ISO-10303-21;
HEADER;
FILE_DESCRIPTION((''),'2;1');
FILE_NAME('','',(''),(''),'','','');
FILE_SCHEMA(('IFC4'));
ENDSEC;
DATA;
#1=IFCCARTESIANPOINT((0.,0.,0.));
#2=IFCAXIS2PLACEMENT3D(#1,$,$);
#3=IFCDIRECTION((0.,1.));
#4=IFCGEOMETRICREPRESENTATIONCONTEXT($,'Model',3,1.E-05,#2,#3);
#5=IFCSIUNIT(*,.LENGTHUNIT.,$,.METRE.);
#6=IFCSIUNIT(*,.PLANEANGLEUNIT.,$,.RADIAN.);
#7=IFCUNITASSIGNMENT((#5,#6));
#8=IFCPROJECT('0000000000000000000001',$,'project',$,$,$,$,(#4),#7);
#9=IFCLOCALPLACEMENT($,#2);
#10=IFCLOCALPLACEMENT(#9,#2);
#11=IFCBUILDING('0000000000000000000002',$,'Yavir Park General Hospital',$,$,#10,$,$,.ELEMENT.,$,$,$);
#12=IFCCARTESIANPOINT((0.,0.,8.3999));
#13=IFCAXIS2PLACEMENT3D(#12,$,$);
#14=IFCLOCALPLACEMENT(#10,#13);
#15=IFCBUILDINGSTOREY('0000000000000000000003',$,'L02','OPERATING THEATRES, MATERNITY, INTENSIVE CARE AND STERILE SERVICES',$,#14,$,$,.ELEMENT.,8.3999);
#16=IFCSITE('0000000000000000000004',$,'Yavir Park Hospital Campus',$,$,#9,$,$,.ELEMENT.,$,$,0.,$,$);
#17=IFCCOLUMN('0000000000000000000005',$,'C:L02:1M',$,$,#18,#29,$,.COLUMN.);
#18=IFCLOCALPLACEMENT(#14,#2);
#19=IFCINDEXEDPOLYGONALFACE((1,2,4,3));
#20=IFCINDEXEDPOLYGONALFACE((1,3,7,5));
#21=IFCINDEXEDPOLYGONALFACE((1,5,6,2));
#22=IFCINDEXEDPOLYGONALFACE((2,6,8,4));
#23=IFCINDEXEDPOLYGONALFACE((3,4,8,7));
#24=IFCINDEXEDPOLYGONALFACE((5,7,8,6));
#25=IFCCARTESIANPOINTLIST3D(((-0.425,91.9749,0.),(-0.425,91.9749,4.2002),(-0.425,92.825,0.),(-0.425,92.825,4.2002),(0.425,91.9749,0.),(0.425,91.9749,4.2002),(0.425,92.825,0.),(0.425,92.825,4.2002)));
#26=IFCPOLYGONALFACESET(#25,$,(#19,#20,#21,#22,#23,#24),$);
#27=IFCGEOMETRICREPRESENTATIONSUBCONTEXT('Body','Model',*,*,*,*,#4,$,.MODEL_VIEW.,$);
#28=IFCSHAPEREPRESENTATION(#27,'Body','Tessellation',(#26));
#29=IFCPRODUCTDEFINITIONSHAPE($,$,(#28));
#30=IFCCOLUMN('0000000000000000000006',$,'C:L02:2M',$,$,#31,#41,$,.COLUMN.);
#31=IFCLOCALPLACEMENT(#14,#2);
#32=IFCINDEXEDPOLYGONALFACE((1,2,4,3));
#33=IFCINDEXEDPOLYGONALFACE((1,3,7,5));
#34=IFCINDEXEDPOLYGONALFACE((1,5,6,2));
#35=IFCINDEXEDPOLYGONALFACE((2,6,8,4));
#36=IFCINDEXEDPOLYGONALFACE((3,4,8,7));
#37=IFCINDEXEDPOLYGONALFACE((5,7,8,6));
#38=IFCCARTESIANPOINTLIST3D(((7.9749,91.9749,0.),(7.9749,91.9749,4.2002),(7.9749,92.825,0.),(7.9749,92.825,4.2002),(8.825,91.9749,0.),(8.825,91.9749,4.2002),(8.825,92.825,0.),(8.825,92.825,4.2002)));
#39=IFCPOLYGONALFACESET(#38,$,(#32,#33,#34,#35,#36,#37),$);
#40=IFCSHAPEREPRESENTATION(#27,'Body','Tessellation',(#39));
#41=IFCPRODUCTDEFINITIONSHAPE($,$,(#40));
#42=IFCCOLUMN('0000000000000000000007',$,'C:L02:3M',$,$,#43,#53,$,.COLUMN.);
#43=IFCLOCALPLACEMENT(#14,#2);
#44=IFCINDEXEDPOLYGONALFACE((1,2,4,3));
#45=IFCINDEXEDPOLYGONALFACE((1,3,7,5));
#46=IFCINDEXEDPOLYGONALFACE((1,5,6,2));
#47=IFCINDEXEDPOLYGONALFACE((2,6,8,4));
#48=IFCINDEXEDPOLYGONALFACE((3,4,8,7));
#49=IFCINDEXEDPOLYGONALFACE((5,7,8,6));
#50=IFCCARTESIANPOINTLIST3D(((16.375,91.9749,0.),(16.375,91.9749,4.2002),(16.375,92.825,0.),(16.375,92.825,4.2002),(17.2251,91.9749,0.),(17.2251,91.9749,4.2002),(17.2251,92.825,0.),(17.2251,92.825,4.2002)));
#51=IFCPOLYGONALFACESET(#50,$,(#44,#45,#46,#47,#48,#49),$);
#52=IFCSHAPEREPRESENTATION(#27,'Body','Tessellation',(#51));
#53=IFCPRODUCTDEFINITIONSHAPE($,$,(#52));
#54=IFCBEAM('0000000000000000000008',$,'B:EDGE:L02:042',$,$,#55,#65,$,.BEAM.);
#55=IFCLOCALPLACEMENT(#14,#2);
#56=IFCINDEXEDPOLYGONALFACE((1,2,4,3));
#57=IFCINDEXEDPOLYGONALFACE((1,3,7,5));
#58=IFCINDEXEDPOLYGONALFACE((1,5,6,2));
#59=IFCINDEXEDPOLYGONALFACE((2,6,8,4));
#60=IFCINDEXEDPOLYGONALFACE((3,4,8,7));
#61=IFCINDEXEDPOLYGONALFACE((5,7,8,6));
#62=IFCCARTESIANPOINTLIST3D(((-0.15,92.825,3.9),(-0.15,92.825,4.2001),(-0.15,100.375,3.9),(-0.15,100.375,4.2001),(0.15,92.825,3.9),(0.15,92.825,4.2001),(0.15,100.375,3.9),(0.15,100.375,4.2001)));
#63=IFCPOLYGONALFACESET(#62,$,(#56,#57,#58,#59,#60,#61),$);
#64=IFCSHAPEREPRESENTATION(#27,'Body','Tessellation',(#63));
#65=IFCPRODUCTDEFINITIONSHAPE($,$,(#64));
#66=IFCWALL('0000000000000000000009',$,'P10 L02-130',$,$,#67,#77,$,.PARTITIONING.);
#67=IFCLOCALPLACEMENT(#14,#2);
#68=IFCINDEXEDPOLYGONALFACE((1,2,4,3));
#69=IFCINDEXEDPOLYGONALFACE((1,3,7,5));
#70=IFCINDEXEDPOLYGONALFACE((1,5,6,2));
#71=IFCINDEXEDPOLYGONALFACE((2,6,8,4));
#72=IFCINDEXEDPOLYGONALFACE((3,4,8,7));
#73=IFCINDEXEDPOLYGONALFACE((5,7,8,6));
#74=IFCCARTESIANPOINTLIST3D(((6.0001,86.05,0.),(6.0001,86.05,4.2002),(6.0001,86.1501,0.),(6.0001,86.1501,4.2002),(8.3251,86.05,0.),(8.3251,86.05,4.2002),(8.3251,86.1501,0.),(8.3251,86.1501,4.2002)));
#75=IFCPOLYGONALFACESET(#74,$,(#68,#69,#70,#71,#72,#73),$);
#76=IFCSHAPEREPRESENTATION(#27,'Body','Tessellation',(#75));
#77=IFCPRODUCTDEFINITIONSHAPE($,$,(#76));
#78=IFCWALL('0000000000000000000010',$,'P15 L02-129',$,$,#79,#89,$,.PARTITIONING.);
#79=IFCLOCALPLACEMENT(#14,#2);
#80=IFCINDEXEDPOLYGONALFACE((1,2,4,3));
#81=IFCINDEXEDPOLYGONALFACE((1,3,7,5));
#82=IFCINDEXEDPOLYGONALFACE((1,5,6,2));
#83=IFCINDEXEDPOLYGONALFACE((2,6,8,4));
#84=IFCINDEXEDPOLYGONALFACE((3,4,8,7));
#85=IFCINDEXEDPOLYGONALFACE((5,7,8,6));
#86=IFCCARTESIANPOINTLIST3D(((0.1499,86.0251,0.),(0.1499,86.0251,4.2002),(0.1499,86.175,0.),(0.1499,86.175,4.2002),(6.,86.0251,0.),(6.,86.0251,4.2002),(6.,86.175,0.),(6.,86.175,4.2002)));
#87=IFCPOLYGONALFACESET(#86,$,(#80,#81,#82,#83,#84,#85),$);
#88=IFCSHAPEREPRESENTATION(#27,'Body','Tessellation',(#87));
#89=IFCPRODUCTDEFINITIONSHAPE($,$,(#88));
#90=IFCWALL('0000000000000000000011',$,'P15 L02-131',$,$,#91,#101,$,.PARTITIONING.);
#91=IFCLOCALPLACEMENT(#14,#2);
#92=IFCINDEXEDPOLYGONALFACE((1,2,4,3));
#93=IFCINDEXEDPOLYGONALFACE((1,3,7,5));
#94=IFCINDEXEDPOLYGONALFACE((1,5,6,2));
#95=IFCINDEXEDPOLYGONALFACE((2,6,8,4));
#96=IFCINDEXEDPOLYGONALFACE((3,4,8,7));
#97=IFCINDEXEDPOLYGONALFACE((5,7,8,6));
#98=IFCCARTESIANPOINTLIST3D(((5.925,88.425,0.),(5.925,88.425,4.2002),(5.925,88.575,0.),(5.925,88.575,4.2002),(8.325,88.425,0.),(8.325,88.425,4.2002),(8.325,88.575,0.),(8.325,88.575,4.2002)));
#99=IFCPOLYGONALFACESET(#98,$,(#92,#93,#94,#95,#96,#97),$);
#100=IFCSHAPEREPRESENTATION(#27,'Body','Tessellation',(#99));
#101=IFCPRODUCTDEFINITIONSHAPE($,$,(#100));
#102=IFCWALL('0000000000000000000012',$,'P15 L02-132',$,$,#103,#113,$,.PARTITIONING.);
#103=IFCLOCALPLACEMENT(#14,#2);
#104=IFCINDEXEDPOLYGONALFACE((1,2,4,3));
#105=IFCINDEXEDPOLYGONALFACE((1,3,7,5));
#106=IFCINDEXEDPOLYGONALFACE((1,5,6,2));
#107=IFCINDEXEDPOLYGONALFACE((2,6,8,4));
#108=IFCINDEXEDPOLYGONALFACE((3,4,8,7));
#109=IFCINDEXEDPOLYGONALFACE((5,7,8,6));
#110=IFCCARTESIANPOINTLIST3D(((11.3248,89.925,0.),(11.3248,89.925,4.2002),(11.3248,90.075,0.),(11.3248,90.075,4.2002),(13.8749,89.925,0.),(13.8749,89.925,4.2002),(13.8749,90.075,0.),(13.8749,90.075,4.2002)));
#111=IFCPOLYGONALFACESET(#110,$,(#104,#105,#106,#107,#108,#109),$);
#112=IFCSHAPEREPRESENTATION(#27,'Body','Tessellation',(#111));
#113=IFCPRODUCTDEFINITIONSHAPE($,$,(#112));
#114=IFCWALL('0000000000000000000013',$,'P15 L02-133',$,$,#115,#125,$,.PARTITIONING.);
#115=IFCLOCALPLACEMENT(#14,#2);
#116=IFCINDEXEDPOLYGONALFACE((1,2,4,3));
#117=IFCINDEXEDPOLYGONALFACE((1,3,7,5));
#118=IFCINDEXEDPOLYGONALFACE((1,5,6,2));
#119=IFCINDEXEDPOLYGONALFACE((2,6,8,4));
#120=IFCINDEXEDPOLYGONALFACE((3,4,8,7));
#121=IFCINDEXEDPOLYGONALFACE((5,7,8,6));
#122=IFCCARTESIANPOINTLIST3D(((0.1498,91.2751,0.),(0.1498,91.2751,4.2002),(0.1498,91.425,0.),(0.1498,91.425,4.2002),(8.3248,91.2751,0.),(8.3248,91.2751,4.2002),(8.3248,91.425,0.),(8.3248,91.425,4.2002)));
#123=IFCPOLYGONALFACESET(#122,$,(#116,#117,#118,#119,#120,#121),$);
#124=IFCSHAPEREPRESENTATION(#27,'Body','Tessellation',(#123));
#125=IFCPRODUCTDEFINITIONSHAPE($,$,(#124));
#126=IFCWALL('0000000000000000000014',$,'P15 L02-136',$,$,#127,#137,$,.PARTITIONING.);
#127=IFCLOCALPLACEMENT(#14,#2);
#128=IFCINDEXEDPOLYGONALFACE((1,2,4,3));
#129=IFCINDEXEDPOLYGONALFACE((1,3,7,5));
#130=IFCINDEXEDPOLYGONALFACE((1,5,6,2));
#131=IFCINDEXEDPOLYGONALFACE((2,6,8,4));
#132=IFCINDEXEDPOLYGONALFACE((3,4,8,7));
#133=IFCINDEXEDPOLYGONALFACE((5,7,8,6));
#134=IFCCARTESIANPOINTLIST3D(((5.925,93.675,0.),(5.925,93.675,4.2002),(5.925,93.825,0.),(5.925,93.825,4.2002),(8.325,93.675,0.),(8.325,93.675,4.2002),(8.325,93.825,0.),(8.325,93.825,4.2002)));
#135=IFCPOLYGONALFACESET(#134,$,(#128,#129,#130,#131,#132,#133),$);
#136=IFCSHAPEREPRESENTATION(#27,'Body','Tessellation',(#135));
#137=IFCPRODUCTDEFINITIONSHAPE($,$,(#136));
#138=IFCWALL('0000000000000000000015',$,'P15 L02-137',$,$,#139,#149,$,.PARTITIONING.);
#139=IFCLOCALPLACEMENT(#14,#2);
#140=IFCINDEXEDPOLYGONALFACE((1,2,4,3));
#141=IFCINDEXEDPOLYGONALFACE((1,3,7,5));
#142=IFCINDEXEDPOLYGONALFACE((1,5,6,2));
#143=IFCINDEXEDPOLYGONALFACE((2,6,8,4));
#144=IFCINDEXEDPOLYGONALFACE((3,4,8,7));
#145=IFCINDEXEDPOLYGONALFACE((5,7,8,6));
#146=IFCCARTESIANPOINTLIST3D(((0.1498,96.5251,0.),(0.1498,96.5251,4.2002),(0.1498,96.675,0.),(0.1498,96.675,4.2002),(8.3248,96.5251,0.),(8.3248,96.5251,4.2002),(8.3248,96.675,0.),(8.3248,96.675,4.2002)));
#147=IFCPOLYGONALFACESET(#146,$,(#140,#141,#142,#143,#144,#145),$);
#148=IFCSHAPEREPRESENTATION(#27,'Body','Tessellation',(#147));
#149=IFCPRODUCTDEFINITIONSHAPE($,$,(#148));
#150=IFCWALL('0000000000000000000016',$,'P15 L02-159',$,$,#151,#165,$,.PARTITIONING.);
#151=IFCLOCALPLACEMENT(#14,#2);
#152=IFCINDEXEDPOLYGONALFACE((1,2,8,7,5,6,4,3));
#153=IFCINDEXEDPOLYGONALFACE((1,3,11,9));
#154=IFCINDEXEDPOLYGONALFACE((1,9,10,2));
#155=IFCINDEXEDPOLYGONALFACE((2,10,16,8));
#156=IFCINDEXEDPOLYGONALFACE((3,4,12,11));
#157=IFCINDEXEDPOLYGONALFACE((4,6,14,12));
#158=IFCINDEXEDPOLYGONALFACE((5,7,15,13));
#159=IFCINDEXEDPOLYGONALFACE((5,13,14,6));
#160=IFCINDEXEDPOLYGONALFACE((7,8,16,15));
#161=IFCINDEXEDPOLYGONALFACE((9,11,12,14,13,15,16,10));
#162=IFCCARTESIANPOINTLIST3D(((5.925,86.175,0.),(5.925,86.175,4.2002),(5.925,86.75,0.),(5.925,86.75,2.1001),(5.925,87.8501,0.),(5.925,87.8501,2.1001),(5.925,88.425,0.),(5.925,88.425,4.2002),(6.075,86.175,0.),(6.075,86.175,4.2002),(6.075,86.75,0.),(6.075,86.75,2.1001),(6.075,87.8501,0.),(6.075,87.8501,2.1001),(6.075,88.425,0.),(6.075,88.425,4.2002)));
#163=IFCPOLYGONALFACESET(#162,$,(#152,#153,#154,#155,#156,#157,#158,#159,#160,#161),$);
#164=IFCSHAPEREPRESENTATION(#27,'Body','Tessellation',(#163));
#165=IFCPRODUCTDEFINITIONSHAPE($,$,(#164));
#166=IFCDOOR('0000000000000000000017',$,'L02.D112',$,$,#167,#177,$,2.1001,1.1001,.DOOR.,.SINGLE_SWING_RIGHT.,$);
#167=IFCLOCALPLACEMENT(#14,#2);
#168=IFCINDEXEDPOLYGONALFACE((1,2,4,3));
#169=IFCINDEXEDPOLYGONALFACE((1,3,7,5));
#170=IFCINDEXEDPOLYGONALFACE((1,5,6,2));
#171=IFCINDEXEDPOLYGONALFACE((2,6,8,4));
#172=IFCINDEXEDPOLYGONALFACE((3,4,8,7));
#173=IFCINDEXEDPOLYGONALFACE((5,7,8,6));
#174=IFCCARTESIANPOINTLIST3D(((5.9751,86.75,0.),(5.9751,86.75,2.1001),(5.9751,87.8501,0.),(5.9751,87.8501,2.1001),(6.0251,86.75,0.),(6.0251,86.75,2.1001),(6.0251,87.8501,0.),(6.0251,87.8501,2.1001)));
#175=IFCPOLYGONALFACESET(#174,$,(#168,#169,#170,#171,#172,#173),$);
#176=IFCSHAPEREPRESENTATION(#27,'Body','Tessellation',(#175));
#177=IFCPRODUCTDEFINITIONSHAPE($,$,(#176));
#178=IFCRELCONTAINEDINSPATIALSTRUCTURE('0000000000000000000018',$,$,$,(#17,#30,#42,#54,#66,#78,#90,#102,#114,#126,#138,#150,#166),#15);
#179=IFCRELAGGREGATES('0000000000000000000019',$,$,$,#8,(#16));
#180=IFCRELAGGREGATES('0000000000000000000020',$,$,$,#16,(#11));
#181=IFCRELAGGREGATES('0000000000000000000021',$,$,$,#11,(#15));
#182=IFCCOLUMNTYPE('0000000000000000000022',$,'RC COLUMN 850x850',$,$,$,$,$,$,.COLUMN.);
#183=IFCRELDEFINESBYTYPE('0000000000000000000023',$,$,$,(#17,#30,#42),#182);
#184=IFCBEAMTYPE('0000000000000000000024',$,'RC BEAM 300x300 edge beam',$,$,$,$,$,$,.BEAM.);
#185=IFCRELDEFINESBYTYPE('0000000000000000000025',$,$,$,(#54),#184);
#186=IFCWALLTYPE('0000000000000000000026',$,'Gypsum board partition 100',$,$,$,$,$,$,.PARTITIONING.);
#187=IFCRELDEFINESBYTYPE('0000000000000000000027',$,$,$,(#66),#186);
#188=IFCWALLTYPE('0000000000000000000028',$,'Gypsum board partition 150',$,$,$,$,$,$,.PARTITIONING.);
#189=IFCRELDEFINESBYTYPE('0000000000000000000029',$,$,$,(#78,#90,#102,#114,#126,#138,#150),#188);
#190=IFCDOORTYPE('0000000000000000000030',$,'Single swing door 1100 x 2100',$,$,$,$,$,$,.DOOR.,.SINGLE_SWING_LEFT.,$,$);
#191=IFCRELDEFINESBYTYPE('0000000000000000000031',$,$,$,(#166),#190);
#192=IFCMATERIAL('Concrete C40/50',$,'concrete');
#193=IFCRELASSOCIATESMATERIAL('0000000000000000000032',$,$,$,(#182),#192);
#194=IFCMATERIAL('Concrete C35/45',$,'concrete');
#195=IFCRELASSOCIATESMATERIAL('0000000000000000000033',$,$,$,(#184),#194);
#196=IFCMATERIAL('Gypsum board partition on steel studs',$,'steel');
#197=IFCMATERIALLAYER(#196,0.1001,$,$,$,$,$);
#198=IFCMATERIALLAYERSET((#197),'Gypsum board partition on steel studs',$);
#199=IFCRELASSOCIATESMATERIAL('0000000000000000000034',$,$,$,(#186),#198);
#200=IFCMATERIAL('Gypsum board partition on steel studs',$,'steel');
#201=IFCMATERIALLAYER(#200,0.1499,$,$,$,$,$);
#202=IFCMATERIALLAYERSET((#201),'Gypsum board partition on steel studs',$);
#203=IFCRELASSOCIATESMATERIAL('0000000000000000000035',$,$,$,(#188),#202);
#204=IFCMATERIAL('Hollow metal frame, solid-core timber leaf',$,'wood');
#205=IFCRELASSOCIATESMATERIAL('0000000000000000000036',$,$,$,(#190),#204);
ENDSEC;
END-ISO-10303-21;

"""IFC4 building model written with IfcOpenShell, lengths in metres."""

from ifc_helpers import new_model, si_unit, direction, frame, frame_2d, origin, origin_2d, place, context, subcontext, project, spatial, rectangle, extrude, material, layer, layer_set, material_profile, profile_set, type_object, element, fill, save


model = new_model("IFC4")

# Units and contexts
model_context = context("Model", 3, precision=1e-05, world=origin(), true_north=direction((0.0, 1.0)))
body_context = subcontext(model_context, "Body", "Model", "MODEL_VIEW")
ifc_project = project(units=[si_unit("LENGTHUNIT", "METRE"), si_unit("PLANEANGLEUNIT", "RADIAN")], contexts=[model_context])

# Site, building, storey
site_placement = place(None, origin())
site = spatial("IfcSite", under=ifc_project, at=site_placement, Name="Yavir Park Hospital Campus", CompositionType="ELEMENT", RefElevation=0.0)
building_placement = place(site_placement, origin())
building = spatial("IfcBuilding", under=site, at=building_placement, Name="Yavir Park General Hospital", CompositionType="ELEMENT")
storey_placement = place(building_placement, frame((0.0, 0.0, 8.3999)))
storey = spatial("IfcBuildingStorey", under=building, at=storey_placement, Name="L02", Description="OPERATING THEATRES, MATERNITY, INTENSIVE CARE AND STERILE SERVICES", CompositionType="ELEMENT", Elevation=8.3999)

# Columns
ifc_material_1 = material(Name="Concrete C40/50", Category="concrete")
ifc_material_profile_1 = material_profile(ifc_material_1, rectangle(XDim=0.8501, YDim=0.8501, at=origin_2d()), Name="RC850x850")
ifc_profile_set_1 = profile_set([ifc_material_profile_1], Name="Concrete C40/50")
column_type = type_object("IfcColumnType", Name="RC COLUMN 850x850", PredefinedType="COLUMN", material=ifc_profile_set_1)
for number, where, z_axis, x_axis, name in (
    (1, (0.0, 92.3999, 0.0), (0.0, 0.0, 1.0), (1.0, 0.0, 0.0), "C:L02:1M"),
    (2, (8.3999, 92.3999, 0.0), (0.0, 0.0, 1.0), (1.0, 0.0, 0.0), "C:L02:2M"),
    (3, (16.8, 92.3999, 0.0), (0.0, 0.0, 1.0), (1.0, 0.0, 0.0), "C:L02:3M"),
):
    element("IfcColumn", number, at=place(storey_placement, frame(where, z_axis=z_axis, x_axis=x_axis)), inside=storey, type_object=column_type, Name=name, PredefinedType="COLUMN", context=body_context, shape_type="SweptSolid", body=[
        extrude(rectangle(XDim=0.8501, YDim=0.8501, at=origin_2d()), origin(), (0.0, 0.0, 1.0), 4.2002),
    ])

# Beam
ifc_material_2 = material(Name="Concrete C35/45", Category="concrete")
ifc_material_profile_2 = material_profile(ifc_material_2, rectangle(XDim=0.3, YDim=0.3, at=origin_2d()), Name="RC300x300")
ifc_profile_set_2 = profile_set([ifc_material_profile_2], Name="Concrete C35/45")
beam_type = type_object("IfcBeamType", Name="RC BEAM 300x300 edge beam", PredefinedType="BEAM", material=ifc_profile_set_2)
beam_placement = place(storey_placement, frame((0.0, 92.825, 4.05), z_axis=(0.0, 1.0, 0.0), x_axis=(-1.0, 0.0, 0.0)))
element("IfcBeam", 4, at=beam_placement, inside=storey, type_object=beam_type, Name="B:EDGE:L02:042", PredefinedType="BEAM", context=body_context, shape_type="SweptSolid", body=[
    extrude(rectangle(XDim=0.3, YDim=0.3, at=origin_2d()), origin(), (0.0, 0.0, 1.0), 7.55),
])

# Walls
ifc_material_3 = material(Name="Gypsum board partition on steel studs", Category="steel")
ifc_layer_1 = layer(ifc_material_3, 0.1001)
ifc_layer_set_1 = layer_set([ifc_layer_1], Name="Gypsum board partition on steel studs")
wall_type_1 = type_object("IfcWallType", Name="Gypsum board partition 100", PredefinedType="PARTITIONING", material=ifc_layer_set_1)
wall_1_placement = place(storey_placement, frame((6.0, 86.1001, 0.0), z_axis=(0.0, 0.0, 1.0), x_axis=(1.0, 0.0, 0.0)))
element("IfcWall", 5, at=wall_1_placement, inside=storey, type_object=wall_type_1, Name="P10 L02-130", PredefinedType="PARTITIONING", context=body_context, shape_type="SweptSolid", body=[
    extrude(rectangle(XDim=2.325, YDim=0.1001, at=frame_2d((1.1626, 0.0))), origin(), (0.0, 0.0, 1.0), 4.2002),
])
ifc_material_4 = material(Name="Gypsum board partition on steel studs", Category="steel")
ifc_layer_2 = layer(ifc_material_4, 0.1499)
ifc_layer_set_2 = layer_set([ifc_layer_2], Name="Gypsum board partition on steel studs")
wall_type_2 = type_object("IfcWallType", Name="Gypsum board partition 150", PredefinedType="PARTITIONING", material=ifc_layer_set_2)
wall_2_placement = place(storey_placement, frame((0.1499, 86.1001, 0.0), z_axis=(0.0, 0.0, 1.0), x_axis=(1.0, 0.0, 0.0)))
element("IfcWall", 6, at=wall_2_placement, inside=storey, type_object=wall_type_2, Name="P15 L02-129", PredefinedType="PARTITIONING", context=body_context, shape_type="SweptSolid", body=[
    extrude(rectangle(XDim=5.8501, YDim=0.1499, at=frame_2d((2.925, 0.0))), origin(), (0.0, 0.0, 1.0), 4.2002),
])
wall_3_placement = place(storey_placement, frame((5.925, 88.5, 0.0), z_axis=(0.0, 0.0, 1.0), x_axis=(1.0, 0.0, 0.0)))
element("IfcWall", 7, at=wall_3_placement, inside=storey, type_object=wall_type_2, Name="P15 L02-131", PredefinedType="PARTITIONING", context=body_context, shape_type="SweptSolid", body=[
    extrude(rectangle(XDim=2.3999, YDim=0.1499, at=frame_2d((1.2, 0.0))), origin(), (0.0, 0.0, 1.0), 4.2002),
])
wall_4_placement = place(storey_placement, frame((11.325, 90.0, 0.0), z_axis=(0.0, 0.0, 1.0), x_axis=(1.0, 0.0, 0.0)))
element("IfcWall", 8, at=wall_4_placement, inside=storey, type_object=wall_type_2, Name="P15 L02-132", PredefinedType="PARTITIONING", context=body_context, shape_type="SweptSolid", body=[
    extrude(rectangle(XDim=2.55, YDim=0.1499, at=frame_2d((1.2749, 0.0))), origin(), (0.0, 0.0, 1.0), 4.2002),
])
wall_5_placement = place(storey_placement, frame((0.1499, 91.3501, 0.0), z_axis=(0.0, 0.0, 1.0), x_axis=(1.0, 0.0, 0.0)))
element("IfcWall", 9, at=wall_5_placement, inside=storey, type_object=wall_type_2, Name="P15 L02-133", PredefinedType="PARTITIONING", context=body_context, shape_type="SweptSolid", body=[
    extrude(rectangle(XDim=8.175, YDim=0.1499, at=frame_2d((4.0874, 0.0))), origin(), (0.0, 0.0, 1.0), 4.2002),
])
wall_6_placement = place(storey_placement, frame((5.925, 93.75, 0.0), z_axis=(0.0, 0.0, 1.0), x_axis=(1.0, 0.0, 0.0)))
element("IfcWall", 10, at=wall_6_placement, inside=storey, type_object=wall_type_2, Name="P15 L02-136", PredefinedType="PARTITIONING", context=body_context, shape_type="SweptSolid", body=[
    extrude(rectangle(XDim=2.3999, YDim=0.1499, at=frame_2d((1.2, 0.0))), origin(), (0.0, 0.0, 1.0), 4.2002),
])
wall_7_placement = place(storey_placement, frame((0.1499, 96.6001, 0.0), z_axis=(0.0, 0.0, 1.0), x_axis=(1.0, 0.0, 0.0)))
element("IfcWall", 11, at=wall_7_placement, inside=storey, type_object=wall_type_2, Name="P15 L02-137", PredefinedType="PARTITIONING", context=body_context, shape_type="SweptSolid", body=[
    extrude(rectangle(XDim=8.175, YDim=0.1499, at=frame_2d((4.0874, 0.0))), origin(), (0.0, 0.0, 1.0), 4.2002),
])

# Wall, opening, door
wall_8_placement = place(storey_placement, frame((6.0, 86.175, 0.0), z_axis=(0.0, 0.0, 1.0), x_axis=(0.0, 1.0, 0.0)))
wall_8 = element("IfcWall", 12, at=wall_8_placement, inside=storey, type_object=wall_type_2, Name="P15 L02-159", PredefinedType="PARTITIONING", context=body_context, shape_type="SweptSolid", body=[
    extrude(rectangle(XDim=2.25, YDim=0.1499, at=frame_2d((1.125, 0.0))), origin(), (0.0, 0.0, 1.0), 4.2002),
])
opening_1_placement = place(wall_8_placement, frame((0.575, 0.0, 0.0)))
opening_1 = element("IfcOpeningElement", 13, at=opening_1_placement, cuts=wall_8, PredefinedType="OPENING", context=body_context, shape_type="SweptSolid", body=[
    extrude(rectangle(XDim=1.1001, YDim=2.1001, at=frame_2d((0.55, 1.05))), frame((0.0, 0.085, 0.0), z_axis=(0.0, -1.0, 0.0), x_axis=(1.0, 0.0, 0.0)), (0.0, 0.0, 1.0), 0.1699),
])
ifc_material_5 = material(Name="Hollow metal frame, solid-core timber leaf", Category="wood")
door_type_1 = type_object("IfcDoorType", Name="Single swing door 1100 x 2100", OperationType="SINGLE_SWING_LEFT", PredefinedType="DOOR", material=ifc_material_5)
door_1_placement = place(opening_1_placement, origin())
door_1 = element("IfcDoor", 14, at=door_1_placement, inside=storey, type_object=door_type_1, Name="L02.D112", OperationType="SINGLE_SWING_RIGHT", OverallHeight=2.1001, OverallWidth=1.1001, PredefinedType="DOOR", context=body_context, shape_type="SweptSolid", body=[
    extrude(rectangle(XDim=1.1001, YDim=2.1001, at=frame_2d((0.55, 1.05))), frame((0.0, 0.0249, 0.0), z_axis=(0.0, -1.0, 0.0), x_axis=(1.0, 0.0, 0.0)), (0.0, 0.0, 1.0), 0.05),
])
fill(opening_1, door_1)

save(model, "model.ifc")
